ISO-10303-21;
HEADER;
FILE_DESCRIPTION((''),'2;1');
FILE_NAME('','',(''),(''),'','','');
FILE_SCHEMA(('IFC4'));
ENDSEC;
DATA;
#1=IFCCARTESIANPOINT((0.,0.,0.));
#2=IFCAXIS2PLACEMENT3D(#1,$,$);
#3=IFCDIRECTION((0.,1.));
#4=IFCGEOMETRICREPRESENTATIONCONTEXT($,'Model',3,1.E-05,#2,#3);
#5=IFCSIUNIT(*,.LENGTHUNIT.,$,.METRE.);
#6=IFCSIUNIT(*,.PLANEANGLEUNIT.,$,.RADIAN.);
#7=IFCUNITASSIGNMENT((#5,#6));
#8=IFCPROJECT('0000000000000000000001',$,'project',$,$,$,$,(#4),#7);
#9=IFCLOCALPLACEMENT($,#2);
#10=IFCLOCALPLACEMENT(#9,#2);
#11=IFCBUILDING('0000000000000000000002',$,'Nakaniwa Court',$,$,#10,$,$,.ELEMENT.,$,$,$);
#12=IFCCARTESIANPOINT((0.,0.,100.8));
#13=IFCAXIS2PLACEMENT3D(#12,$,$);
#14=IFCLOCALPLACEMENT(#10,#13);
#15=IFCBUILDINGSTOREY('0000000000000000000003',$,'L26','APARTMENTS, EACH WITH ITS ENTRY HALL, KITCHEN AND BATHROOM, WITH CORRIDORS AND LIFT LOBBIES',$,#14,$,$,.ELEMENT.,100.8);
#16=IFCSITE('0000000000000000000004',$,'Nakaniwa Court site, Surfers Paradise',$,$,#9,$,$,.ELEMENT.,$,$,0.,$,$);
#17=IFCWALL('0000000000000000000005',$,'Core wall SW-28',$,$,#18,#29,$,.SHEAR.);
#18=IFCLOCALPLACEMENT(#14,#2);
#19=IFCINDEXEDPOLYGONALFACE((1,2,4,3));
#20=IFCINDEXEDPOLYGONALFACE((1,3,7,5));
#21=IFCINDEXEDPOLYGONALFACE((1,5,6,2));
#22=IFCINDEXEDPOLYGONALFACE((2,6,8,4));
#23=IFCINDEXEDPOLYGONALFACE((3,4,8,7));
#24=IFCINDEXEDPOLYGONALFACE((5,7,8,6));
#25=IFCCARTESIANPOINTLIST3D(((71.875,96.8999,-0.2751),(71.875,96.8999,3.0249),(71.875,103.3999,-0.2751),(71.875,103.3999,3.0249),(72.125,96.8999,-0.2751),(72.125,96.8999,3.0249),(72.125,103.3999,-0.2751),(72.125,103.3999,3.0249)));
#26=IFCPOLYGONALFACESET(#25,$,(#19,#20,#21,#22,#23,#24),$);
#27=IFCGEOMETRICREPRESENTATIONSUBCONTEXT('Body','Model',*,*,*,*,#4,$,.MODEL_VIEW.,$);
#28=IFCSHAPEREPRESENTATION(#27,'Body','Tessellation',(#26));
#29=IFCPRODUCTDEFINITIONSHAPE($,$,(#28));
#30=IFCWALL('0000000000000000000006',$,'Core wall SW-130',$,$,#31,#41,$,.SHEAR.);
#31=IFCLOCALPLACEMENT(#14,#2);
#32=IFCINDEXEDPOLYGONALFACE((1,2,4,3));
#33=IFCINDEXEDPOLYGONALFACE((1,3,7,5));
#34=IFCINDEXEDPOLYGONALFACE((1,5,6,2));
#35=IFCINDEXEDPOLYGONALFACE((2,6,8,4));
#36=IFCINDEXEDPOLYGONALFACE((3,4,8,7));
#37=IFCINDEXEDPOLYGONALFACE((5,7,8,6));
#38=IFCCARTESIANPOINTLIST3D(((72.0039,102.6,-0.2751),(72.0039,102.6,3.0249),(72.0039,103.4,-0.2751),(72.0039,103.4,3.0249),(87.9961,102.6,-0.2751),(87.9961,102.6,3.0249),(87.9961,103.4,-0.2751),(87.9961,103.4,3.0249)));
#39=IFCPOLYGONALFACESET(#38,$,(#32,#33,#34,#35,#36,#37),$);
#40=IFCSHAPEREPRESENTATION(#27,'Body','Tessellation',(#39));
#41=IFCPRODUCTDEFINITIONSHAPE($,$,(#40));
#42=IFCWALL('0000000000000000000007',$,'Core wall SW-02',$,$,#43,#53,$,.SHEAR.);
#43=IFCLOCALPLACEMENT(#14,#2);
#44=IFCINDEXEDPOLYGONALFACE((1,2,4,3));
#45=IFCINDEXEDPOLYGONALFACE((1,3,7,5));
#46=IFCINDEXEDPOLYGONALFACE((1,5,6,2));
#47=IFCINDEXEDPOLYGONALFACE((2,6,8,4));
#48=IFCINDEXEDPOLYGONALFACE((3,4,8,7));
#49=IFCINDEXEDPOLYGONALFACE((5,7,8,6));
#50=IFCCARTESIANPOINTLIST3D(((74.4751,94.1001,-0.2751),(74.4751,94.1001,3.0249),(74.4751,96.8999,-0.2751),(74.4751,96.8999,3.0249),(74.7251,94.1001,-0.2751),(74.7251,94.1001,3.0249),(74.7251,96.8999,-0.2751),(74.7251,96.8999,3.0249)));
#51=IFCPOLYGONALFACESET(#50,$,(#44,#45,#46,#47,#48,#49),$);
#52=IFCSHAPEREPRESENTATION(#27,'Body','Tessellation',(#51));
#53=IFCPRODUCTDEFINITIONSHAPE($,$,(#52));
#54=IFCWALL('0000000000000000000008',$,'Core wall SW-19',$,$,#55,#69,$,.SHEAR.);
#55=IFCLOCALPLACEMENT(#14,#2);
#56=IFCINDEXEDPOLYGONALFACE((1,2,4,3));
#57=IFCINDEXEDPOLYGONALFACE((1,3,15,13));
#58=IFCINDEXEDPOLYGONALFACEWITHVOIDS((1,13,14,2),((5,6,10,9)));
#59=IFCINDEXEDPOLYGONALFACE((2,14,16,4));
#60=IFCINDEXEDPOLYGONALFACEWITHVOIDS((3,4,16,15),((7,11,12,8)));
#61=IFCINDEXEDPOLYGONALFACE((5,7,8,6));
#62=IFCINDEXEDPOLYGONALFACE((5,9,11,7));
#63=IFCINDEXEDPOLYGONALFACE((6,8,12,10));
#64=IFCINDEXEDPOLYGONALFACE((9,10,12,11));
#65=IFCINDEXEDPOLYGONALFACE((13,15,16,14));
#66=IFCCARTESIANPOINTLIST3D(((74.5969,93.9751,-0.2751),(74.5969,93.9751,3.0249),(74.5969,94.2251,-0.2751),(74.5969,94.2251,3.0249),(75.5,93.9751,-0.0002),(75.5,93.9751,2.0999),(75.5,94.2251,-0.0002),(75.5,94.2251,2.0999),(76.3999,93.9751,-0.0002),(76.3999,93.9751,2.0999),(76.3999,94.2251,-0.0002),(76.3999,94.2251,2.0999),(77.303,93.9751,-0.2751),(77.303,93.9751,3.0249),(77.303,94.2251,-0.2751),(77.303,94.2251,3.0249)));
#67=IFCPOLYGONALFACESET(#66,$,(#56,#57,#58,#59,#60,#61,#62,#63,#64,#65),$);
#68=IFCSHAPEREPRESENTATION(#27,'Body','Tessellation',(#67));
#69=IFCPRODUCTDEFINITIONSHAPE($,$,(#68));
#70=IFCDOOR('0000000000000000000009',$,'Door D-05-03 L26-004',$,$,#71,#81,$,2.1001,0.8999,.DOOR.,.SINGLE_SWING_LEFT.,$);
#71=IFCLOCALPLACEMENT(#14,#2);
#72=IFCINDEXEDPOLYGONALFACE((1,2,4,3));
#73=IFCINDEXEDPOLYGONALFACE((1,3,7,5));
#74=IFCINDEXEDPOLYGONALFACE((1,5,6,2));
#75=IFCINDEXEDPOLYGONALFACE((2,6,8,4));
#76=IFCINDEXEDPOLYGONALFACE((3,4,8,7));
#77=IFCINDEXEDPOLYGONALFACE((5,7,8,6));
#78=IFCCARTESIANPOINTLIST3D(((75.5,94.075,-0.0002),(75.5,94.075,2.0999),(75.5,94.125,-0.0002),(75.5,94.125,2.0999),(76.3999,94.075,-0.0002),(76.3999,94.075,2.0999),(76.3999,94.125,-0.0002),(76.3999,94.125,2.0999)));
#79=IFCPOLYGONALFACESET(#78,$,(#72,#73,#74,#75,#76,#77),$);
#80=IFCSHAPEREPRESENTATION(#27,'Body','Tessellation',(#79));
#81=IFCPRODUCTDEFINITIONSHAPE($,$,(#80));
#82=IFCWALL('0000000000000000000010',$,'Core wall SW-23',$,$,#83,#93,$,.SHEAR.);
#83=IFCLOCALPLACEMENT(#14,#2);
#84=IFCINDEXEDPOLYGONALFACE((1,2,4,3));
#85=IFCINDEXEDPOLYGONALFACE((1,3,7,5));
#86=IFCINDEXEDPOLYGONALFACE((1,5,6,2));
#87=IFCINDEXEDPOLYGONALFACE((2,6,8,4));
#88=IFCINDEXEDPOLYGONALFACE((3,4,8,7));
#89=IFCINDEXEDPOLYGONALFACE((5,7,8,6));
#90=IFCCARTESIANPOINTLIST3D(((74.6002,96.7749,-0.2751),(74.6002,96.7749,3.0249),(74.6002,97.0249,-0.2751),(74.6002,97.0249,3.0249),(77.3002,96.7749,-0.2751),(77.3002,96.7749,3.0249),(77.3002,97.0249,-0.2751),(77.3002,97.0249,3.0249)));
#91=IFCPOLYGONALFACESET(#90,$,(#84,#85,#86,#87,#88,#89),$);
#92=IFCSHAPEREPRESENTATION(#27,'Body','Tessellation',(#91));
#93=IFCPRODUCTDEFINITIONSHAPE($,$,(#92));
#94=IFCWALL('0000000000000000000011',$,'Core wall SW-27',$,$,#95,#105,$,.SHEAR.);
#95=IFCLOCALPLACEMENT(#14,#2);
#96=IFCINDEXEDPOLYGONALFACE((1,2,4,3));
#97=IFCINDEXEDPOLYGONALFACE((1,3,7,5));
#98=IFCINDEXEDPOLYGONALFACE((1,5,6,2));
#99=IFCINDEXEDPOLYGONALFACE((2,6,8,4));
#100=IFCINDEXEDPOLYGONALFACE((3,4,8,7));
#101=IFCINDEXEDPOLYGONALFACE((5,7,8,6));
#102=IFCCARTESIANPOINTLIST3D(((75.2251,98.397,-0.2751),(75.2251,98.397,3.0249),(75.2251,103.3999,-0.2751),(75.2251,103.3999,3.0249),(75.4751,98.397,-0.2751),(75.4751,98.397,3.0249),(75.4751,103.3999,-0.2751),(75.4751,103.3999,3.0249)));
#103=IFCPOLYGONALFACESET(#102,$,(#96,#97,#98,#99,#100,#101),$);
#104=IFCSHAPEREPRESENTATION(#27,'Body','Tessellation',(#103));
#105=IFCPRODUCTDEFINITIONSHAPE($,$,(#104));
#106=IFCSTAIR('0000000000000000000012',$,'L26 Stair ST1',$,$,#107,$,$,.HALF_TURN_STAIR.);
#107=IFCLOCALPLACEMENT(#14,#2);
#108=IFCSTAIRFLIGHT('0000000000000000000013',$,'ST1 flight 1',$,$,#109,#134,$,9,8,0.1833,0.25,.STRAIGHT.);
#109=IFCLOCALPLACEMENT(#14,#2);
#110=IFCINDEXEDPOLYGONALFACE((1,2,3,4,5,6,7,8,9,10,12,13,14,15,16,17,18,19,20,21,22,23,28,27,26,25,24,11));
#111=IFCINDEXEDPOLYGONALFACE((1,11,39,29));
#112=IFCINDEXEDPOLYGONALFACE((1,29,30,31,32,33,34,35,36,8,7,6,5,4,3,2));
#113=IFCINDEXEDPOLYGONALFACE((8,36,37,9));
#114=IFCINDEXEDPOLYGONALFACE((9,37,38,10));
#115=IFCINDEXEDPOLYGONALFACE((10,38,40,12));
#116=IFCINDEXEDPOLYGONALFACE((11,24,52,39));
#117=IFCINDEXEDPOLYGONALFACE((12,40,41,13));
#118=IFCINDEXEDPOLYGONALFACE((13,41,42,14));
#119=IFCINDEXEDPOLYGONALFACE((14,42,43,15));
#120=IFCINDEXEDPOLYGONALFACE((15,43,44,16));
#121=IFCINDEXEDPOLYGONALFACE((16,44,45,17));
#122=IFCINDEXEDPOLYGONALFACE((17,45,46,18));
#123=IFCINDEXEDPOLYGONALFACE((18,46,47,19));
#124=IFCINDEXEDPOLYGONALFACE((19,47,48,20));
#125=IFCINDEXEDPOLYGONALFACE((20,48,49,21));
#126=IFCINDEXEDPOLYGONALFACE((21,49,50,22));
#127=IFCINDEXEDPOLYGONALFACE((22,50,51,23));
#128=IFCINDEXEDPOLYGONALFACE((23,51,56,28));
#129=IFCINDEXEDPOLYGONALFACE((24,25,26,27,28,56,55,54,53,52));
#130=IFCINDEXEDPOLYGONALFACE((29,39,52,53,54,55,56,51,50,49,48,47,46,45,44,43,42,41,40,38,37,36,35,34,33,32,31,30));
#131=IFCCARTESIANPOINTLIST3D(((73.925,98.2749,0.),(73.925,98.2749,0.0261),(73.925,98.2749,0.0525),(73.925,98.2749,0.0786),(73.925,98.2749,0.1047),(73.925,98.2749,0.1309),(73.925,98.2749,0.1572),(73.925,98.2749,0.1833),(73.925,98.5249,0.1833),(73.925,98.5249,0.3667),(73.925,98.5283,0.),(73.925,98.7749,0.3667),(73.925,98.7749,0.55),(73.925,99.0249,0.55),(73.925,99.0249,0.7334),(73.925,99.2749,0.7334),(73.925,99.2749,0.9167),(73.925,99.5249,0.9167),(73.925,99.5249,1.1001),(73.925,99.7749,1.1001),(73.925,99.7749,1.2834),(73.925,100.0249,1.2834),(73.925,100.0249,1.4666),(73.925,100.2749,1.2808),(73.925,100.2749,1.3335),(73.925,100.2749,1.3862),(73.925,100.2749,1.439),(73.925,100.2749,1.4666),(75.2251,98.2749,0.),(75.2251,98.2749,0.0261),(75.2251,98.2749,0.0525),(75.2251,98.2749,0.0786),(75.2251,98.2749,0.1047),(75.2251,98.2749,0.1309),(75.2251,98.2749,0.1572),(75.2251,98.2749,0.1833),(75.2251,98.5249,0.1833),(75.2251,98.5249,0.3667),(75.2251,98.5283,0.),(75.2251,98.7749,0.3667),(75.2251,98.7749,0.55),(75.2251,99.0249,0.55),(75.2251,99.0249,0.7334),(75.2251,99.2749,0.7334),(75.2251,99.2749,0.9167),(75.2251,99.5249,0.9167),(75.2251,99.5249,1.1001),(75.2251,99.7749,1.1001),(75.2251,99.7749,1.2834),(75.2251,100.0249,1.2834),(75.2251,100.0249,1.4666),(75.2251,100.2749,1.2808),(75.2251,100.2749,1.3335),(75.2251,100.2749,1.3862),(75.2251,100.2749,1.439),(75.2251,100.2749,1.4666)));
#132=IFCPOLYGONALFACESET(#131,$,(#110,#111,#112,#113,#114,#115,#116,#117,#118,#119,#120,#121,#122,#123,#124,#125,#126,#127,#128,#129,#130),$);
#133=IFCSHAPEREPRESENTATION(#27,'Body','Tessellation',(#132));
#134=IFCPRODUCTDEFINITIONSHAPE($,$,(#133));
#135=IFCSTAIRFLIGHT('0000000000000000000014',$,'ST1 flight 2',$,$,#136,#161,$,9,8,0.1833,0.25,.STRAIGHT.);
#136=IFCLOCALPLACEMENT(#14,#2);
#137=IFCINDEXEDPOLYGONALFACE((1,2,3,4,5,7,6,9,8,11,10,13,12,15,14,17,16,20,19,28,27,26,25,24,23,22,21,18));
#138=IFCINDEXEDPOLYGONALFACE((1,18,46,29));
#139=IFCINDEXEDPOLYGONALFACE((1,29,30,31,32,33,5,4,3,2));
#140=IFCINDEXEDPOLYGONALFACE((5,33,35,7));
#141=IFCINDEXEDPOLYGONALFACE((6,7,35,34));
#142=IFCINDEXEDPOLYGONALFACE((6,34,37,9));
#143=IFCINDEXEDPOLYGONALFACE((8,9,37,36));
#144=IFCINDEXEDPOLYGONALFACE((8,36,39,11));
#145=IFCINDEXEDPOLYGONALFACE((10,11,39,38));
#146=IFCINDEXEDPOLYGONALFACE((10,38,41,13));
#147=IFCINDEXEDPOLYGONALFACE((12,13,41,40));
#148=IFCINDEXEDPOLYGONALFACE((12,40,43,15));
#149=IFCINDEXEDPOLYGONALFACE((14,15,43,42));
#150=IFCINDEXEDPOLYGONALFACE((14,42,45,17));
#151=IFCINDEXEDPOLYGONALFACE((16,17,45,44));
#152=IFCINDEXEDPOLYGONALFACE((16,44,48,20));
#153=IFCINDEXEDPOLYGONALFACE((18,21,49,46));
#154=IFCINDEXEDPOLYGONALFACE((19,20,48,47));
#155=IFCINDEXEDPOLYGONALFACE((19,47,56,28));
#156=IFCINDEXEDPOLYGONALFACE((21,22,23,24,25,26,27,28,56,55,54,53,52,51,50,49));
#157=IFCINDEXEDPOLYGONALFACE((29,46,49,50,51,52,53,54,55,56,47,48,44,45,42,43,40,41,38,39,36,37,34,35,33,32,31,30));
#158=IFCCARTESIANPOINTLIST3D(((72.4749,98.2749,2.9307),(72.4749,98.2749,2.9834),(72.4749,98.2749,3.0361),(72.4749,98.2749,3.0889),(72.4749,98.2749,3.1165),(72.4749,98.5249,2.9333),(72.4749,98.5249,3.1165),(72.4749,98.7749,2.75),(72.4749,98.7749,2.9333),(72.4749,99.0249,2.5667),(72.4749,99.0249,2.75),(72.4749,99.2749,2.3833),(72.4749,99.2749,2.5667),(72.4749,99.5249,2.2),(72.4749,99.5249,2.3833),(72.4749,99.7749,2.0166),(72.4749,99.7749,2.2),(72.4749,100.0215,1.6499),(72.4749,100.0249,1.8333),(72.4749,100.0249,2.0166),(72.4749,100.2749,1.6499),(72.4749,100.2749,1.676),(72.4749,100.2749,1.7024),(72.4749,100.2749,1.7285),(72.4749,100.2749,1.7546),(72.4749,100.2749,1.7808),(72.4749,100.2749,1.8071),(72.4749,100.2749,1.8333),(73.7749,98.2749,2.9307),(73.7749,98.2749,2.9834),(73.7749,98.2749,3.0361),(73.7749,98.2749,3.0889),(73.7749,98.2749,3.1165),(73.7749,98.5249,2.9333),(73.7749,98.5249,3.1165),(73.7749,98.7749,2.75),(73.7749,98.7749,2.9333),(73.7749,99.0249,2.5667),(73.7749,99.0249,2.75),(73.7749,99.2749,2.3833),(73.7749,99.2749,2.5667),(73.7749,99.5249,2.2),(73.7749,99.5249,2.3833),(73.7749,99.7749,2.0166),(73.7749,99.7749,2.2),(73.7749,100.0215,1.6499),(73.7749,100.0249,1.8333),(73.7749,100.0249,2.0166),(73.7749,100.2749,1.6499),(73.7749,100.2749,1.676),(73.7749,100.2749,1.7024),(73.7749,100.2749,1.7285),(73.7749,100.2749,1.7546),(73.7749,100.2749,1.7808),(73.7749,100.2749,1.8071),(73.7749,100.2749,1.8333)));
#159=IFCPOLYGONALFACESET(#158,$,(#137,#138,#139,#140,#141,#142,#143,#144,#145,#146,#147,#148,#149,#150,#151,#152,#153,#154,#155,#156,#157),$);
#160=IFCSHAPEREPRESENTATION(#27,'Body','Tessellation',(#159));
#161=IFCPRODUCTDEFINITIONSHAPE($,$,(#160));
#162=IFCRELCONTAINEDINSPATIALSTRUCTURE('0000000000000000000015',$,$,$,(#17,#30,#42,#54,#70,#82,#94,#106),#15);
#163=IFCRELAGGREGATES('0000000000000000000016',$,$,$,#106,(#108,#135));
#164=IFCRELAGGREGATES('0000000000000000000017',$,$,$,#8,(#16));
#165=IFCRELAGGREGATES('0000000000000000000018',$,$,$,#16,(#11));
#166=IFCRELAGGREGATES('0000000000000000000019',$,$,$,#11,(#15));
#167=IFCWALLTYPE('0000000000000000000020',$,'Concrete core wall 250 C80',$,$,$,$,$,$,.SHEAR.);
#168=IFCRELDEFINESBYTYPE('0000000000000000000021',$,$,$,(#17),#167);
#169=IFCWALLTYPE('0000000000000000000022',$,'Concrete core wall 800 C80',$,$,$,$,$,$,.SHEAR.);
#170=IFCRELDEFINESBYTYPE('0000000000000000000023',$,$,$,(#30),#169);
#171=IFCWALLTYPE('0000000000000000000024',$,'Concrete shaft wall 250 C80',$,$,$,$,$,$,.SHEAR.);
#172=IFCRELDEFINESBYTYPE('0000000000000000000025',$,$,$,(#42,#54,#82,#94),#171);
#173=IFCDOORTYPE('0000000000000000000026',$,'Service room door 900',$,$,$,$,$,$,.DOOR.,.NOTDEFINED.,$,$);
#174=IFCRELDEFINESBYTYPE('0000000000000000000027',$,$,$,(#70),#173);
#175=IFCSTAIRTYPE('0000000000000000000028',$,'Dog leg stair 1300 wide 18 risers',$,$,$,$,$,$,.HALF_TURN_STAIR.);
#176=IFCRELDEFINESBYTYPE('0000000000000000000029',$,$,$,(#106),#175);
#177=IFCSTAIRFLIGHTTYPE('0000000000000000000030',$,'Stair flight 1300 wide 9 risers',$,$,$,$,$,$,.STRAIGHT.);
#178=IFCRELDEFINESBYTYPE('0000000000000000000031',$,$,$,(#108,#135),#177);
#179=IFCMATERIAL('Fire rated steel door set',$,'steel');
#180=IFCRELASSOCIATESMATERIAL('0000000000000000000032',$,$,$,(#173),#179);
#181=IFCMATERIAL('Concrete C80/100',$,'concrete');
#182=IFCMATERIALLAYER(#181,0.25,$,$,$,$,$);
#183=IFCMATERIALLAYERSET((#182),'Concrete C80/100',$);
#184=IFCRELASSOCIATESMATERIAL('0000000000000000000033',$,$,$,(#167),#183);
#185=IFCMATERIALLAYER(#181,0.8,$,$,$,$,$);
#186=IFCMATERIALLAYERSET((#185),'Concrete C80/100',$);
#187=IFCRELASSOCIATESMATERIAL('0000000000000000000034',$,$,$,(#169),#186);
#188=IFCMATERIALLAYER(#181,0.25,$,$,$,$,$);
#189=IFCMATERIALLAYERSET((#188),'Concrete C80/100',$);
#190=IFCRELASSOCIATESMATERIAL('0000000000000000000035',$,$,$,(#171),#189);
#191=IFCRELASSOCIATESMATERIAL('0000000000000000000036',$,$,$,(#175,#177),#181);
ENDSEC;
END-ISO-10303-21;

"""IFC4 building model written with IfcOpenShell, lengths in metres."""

from ifc_helpers import new_model, si_unit, direction, frame, frame_2d, origin, place, context, subcontext, project, spatial, polyline, rectangle, outline, extrude, material, layer, layer_set, type_object, element, fill, aggregate, save


model = new_model("IFC4")

# Units and contexts
model_context = context("Model", 3, precision=1e-05, world=origin(), true_north=direction((0.0, 1.0)))
body_context = subcontext(model_context, "Body", "Model", "MODEL_VIEW")
ifc_project = project(units=[si_unit("LENGTHUNIT", "METRE"), si_unit("PLANEANGLEUNIT", "RADIAN")], contexts=[model_context])

# Site, building, storey
site_placement = place(None, origin())
site = spatial("IfcSite", under=ifc_project, at=site_placement, Name="Nakaniwa Court site, Surfers Paradise", CompositionType="ELEMENT", RefElevation=0.0)
building_placement = place(site_placement, origin())
building = spatial("IfcBuilding", under=site, at=building_placement, Name="Nakaniwa Court", CompositionType="ELEMENT")
storey_placement = place(building_placement, frame((0.0, 0.0, 100.8)))
storey = spatial("IfcBuildingStorey", under=building, at=storey_placement, Name="L26", Description="APARTMENTS, EACH WITH ITS ENTRY HALL, KITCHEN AND BATHROOM, WITH CORRIDORS AND LIFT LOBBIES", CompositionType="ELEMENT", Elevation=100.8)

# Shared definitions
ifc_material_1 = material(Name="Concrete C80/100", Category="concrete")

# Shared definitions
ifc_material_2 = material(Name="Fire rated steel door set", Category="steel")
door_type_1 = type_object("IfcDoorType", Name="Service room door 900", OperationType="NOTDEFINED", PredefinedType="DOOR", material=ifc_material_2)

# Walls
ifc_layer_1 = layer(ifc_material_1, 0.25)
ifc_layer_set_1 = layer_set([ifc_layer_1], Name="Concrete C80/100")
wall_type_1 = type_object("IfcWallType", Name="Concrete core wall 250 C80", PredefinedType="SHEAR", material=ifc_layer_set_1)
wall_1_placement = place(storey_placement, frame((72.0, 96.8999, -0.2751), z_axis=(0.0, 0.0, 1.0), x_axis=(0.0, 1.0, 0.0)))
element("IfcWall", 1, at=wall_1_placement, inside=storey, type_object=wall_type_1, Name="Core wall SW-28", PredefinedType="SHEAR", context=body_context, shape_type="SweptSolid", body=[
    extrude(rectangle(XDim=6.5, YDim=0.25, at=frame_2d((3.25, 0.0))), origin(), (0.0, 0.0, 1.0), 3.3),
])
ifc_layer_2 = layer(ifc_material_1, 0.8)
ifc_layer_set_2 = layer_set([ifc_layer_2], Name="Concrete C80/100")
wall_type_2 = type_object("IfcWallType", Name="Concrete core wall 800 C80", PredefinedType="SHEAR", material=ifc_layer_set_2)
wall_2_placement = place(storey_placement, frame((72.0039, 103.0, -0.2751), z_axis=(0.0, 0.0, 1.0), x_axis=(1.0, 0.0, 0.0)))
element("IfcWall", 2, at=wall_2_placement, inside=storey, type_object=wall_type_2, Name="Core wall SW-130", PredefinedType="SHEAR", context=body_context, shape_type="SweptSolid", body=[
    extrude(rectangle(XDim=15.9922, YDim=0.8, at=frame_2d((7.9961, 0.0))), origin(), (0.0, 0.0, 1.0), 3.3),
])
ifc_layer_3 = layer(ifc_material_1, 0.25)
ifc_layer_set_3 = layer_set([ifc_layer_3], Name="Concrete C80/100")
wall_type_3 = type_object("IfcWallType", Name="Concrete shaft wall 250 C80", PredefinedType="SHEAR", material=ifc_layer_set_3)
wall_3_placement = place(storey_placement, frame((74.6001, 94.1001, -0.2751), z_axis=(0.0, 0.0, 1.0), x_axis=(0.0, 1.0, 0.0)))
element("IfcWall", 3, at=wall_3_placement, inside=storey, type_object=wall_type_3, Name="Core wall SW-02", PredefinedType="SHEAR", context=body_context, shape_type="SweptSolid", body=[
    extrude(rectangle(XDim=2.7998, YDim=0.25, at=frame_2d((1.3999, 0.0))), origin(), (0.0, 0.0, 1.0), 3.3),
])

# Wall, opening, door
wall_4_placement = place(storey_placement, frame((74.5969, 94.1001, -0.2751), z_axis=(0.0, 0.0, 1.0), x_axis=(1.0, 0.0, 0.0)))
wall_4 = element("IfcWall", 4, at=wall_4_placement, inside=storey, type_object=wall_type_3, Name="Core wall SW-19", PredefinedType="SHEAR", context=body_context, shape_type="SweptSolid", body=[
    extrude(rectangle(XDim=2.7061, YDim=0.25, at=frame_2d((1.353, 0.0))), origin(), (0.0, 0.0, 1.0), 3.3),
])
opening_1_placement = place(wall_4_placement, frame((0.9031, 0.0, 0.2749)))
opening_1 = element("IfcOpeningElement", 5, at=opening_1_placement, cuts=wall_4, PredefinedType="OPENING", context=body_context, shape_type="SweptSolid", body=[
    extrude(rectangle(XDim=0.8999, YDim=2.1001, at=frame_2d((0.45, 1.05))), frame((0.0, 0.135, 0.0), z_axis=(0.0, -1.0, 0.0), x_axis=(1.0, 0.0, 0.0)), (0.0, 0.0, 1.0), 0.27),
])
door_1_placement = place(opening_1_placement, origin())
door_1 = element("IfcDoor", 6, at=door_1_placement, inside=storey, type_object=door_type_1, Name="Door D-05-03 L26-004", OperationType="SINGLE_SWING_LEFT", OverallHeight=2.1001, OverallWidth=0.8999, PredefinedType="DOOR", context=body_context, shape_type="SweptSolid", body=[
    extrude(rectangle(XDim=0.8999, YDim=2.1001, at=frame_2d((0.45, 1.05))), frame((0.0, 0.0249, 0.0), z_axis=(0.0, -1.0, 0.0), x_axis=(1.0, 0.0, 0.0)), (0.0, 0.0, 1.0), 0.05),
])
fill(opening_1, door_1)

# Walls
wall_5_placement = place(storey_placement, frame((74.6001, 96.8999, -0.2751), z_axis=(0.0, 0.0, 1.0), x_axis=(1.0, 0.0, 0.0)))
element("IfcWall", 7, at=wall_5_placement, inside=storey, type_object=wall_type_3, Name="Core wall SW-23", PredefinedType="SHEAR", context=body_context, shape_type="SweptSolid", body=[
    extrude(rectangle(XDim=2.7, YDim=0.25, at=frame_2d((1.3501, 0.0))), origin(), (0.0, 0.0, 1.0), 3.3),
])
wall_6_placement = place(storey_placement, frame((75.3501, 98.397, -0.2751), z_axis=(0.0, 0.0, 1.0), x_axis=(0.0, 1.0, 0.0)))
element("IfcWall", 8, at=wall_6_placement, inside=storey, type_object=wall_type_3, Name="Core wall SW-27", PredefinedType="SHEAR", context=body_context, shape_type="SweptSolid", body=[
    extrude(rectangle(XDim=5.0029, YDim=0.25, at=frame_2d((2.5015, 0.0))), origin(), (0.0, 0.0, 1.0), 3.3),
])

# Stair, stair flights
stair_type = type_object("IfcStairType", Name="Dog leg stair 1300 wide 18 risers", PredefinedType="HALF_TURN_STAIR", material=ifc_material_1)
stair_placement = place(storey_placement, origin())
stair = element("IfcStair", 9, at=stair_placement, inside=storey, type_object=stair_type, Name="L26 Stair ST1", PredefinedType="HALF_TURN_STAIR")
stair_flight_type = type_object("IfcStairFlightType", Name="Stair flight 1300 wide 9 risers", PredefinedType="STRAIGHT", material=ifc_material_1)
stair_flight_1_placement = place(storey_placement, frame((74.575, 98.2749, 0.0), z_axis=(0.0, 0.0, 1.0), x_axis=(0.0, 1.0, 0.0)))
stair_flight_1 = element("IfcStairFlight", 10, at=stair_flight_1_placement, type_object=stair_flight_type, Name="ST1 flight 1", NumberOfRisers=9, NumberOfTreads=8, PredefinedType="STRAIGHT", RiserHeight=0.1833, TreadLength=0.25, context=body_context, shape_type="SweptSolid", body=[
    extrude(outline(polyline([(0.0, 0.0), (0.0, 0.0261), (0.0, 0.0525), (0.0, 0.0786), (0.0, 0.1047), (0.0, 0.1309), (0.0, 0.1572), (0.0, 0.1833), (0.25, 0.1833), (0.25, 0.3667), (0.5, 0.3667), (0.5, 0.55), (0.75, 0.55), (0.75, 0.7334), (1.0, 0.7334), (1.0, 0.9167), (1.25, 0.9167), (1.25, 1.1001), (1.5, 1.1001), (1.5, 1.2834), (1.75, 1.2834), (1.75, 1.4666), (2.0, 1.4666), (2.0, 1.6499), (2.0, 1.5972), (2.0, 1.5444), (2.0, 1.4917), (2.0, 1.439), (2.0, 1.3862), (2.0, 1.3335), (2.0, 1.2808), (0.2534, 0.0), (0.0, 0.0)])), frame((0.0, 0.6499, 0.0), z_axis=(0.0, -1.0, 0.0), x_axis=(1.0, 0.0, 0.0)), (0.0, 0.0, 1.0), 1.3),
])
stair_flight_2_placement = place(storey_placement, frame((73.125, 100.2749, 1.6499), z_axis=(0.0, 0.0, 1.0), x_axis=(0.0, -1.0, 0.0)))
stair_flight_2 = element("IfcStairFlight", 11, at=stair_flight_2_placement, type_object=stair_flight_type, Name="ST1 flight 2", NumberOfRisers=9, NumberOfTreads=8, PredefinedType="STRAIGHT", RiserHeight=0.1833, TreadLength=0.25, context=body_context, shape_type="SweptSolid", body=[
    extrude(outline(polyline([(0.0, 0.0), (0.0, 0.0261), (0.0, 0.0525), (0.0, 0.0786), (0.0, 0.1047), (0.0, 0.1309), (0.0, 0.1572), (0.0, 0.1833), (0.25, 0.1833), (0.25, 0.3667), (0.5, 0.3667), (0.5, 0.55), (0.75, 0.55), (0.75, 0.7334), (1.0, 0.7334), (1.0, 0.9167), (1.25, 0.9167), (1.25, 1.1001), (1.5, 1.1001), (1.5, 1.2834), (1.75, 1.2834), (1.75, 1.4666), (2.0, 1.4666), (2.0, 1.6499), (2.0, 1.5972), (2.0, 1.5444), (2.0, 1.4917), (2.0, 1.439), (2.0, 1.3862), (2.0, 1.3335), (2.0, 1.2808), (0.2534, 0.0), (0.0, 0.0)])), frame((0.0, 0.6499, 0.0), z_axis=(0.0, -1.0, 0.0), x_axis=(1.0, 0.0, 0.0)), (0.0, 0.0, 1.0), 1.3),
])
aggregate(stair, [stair_flight_1, stair_flight_2])

save(model, "model.ifc")
